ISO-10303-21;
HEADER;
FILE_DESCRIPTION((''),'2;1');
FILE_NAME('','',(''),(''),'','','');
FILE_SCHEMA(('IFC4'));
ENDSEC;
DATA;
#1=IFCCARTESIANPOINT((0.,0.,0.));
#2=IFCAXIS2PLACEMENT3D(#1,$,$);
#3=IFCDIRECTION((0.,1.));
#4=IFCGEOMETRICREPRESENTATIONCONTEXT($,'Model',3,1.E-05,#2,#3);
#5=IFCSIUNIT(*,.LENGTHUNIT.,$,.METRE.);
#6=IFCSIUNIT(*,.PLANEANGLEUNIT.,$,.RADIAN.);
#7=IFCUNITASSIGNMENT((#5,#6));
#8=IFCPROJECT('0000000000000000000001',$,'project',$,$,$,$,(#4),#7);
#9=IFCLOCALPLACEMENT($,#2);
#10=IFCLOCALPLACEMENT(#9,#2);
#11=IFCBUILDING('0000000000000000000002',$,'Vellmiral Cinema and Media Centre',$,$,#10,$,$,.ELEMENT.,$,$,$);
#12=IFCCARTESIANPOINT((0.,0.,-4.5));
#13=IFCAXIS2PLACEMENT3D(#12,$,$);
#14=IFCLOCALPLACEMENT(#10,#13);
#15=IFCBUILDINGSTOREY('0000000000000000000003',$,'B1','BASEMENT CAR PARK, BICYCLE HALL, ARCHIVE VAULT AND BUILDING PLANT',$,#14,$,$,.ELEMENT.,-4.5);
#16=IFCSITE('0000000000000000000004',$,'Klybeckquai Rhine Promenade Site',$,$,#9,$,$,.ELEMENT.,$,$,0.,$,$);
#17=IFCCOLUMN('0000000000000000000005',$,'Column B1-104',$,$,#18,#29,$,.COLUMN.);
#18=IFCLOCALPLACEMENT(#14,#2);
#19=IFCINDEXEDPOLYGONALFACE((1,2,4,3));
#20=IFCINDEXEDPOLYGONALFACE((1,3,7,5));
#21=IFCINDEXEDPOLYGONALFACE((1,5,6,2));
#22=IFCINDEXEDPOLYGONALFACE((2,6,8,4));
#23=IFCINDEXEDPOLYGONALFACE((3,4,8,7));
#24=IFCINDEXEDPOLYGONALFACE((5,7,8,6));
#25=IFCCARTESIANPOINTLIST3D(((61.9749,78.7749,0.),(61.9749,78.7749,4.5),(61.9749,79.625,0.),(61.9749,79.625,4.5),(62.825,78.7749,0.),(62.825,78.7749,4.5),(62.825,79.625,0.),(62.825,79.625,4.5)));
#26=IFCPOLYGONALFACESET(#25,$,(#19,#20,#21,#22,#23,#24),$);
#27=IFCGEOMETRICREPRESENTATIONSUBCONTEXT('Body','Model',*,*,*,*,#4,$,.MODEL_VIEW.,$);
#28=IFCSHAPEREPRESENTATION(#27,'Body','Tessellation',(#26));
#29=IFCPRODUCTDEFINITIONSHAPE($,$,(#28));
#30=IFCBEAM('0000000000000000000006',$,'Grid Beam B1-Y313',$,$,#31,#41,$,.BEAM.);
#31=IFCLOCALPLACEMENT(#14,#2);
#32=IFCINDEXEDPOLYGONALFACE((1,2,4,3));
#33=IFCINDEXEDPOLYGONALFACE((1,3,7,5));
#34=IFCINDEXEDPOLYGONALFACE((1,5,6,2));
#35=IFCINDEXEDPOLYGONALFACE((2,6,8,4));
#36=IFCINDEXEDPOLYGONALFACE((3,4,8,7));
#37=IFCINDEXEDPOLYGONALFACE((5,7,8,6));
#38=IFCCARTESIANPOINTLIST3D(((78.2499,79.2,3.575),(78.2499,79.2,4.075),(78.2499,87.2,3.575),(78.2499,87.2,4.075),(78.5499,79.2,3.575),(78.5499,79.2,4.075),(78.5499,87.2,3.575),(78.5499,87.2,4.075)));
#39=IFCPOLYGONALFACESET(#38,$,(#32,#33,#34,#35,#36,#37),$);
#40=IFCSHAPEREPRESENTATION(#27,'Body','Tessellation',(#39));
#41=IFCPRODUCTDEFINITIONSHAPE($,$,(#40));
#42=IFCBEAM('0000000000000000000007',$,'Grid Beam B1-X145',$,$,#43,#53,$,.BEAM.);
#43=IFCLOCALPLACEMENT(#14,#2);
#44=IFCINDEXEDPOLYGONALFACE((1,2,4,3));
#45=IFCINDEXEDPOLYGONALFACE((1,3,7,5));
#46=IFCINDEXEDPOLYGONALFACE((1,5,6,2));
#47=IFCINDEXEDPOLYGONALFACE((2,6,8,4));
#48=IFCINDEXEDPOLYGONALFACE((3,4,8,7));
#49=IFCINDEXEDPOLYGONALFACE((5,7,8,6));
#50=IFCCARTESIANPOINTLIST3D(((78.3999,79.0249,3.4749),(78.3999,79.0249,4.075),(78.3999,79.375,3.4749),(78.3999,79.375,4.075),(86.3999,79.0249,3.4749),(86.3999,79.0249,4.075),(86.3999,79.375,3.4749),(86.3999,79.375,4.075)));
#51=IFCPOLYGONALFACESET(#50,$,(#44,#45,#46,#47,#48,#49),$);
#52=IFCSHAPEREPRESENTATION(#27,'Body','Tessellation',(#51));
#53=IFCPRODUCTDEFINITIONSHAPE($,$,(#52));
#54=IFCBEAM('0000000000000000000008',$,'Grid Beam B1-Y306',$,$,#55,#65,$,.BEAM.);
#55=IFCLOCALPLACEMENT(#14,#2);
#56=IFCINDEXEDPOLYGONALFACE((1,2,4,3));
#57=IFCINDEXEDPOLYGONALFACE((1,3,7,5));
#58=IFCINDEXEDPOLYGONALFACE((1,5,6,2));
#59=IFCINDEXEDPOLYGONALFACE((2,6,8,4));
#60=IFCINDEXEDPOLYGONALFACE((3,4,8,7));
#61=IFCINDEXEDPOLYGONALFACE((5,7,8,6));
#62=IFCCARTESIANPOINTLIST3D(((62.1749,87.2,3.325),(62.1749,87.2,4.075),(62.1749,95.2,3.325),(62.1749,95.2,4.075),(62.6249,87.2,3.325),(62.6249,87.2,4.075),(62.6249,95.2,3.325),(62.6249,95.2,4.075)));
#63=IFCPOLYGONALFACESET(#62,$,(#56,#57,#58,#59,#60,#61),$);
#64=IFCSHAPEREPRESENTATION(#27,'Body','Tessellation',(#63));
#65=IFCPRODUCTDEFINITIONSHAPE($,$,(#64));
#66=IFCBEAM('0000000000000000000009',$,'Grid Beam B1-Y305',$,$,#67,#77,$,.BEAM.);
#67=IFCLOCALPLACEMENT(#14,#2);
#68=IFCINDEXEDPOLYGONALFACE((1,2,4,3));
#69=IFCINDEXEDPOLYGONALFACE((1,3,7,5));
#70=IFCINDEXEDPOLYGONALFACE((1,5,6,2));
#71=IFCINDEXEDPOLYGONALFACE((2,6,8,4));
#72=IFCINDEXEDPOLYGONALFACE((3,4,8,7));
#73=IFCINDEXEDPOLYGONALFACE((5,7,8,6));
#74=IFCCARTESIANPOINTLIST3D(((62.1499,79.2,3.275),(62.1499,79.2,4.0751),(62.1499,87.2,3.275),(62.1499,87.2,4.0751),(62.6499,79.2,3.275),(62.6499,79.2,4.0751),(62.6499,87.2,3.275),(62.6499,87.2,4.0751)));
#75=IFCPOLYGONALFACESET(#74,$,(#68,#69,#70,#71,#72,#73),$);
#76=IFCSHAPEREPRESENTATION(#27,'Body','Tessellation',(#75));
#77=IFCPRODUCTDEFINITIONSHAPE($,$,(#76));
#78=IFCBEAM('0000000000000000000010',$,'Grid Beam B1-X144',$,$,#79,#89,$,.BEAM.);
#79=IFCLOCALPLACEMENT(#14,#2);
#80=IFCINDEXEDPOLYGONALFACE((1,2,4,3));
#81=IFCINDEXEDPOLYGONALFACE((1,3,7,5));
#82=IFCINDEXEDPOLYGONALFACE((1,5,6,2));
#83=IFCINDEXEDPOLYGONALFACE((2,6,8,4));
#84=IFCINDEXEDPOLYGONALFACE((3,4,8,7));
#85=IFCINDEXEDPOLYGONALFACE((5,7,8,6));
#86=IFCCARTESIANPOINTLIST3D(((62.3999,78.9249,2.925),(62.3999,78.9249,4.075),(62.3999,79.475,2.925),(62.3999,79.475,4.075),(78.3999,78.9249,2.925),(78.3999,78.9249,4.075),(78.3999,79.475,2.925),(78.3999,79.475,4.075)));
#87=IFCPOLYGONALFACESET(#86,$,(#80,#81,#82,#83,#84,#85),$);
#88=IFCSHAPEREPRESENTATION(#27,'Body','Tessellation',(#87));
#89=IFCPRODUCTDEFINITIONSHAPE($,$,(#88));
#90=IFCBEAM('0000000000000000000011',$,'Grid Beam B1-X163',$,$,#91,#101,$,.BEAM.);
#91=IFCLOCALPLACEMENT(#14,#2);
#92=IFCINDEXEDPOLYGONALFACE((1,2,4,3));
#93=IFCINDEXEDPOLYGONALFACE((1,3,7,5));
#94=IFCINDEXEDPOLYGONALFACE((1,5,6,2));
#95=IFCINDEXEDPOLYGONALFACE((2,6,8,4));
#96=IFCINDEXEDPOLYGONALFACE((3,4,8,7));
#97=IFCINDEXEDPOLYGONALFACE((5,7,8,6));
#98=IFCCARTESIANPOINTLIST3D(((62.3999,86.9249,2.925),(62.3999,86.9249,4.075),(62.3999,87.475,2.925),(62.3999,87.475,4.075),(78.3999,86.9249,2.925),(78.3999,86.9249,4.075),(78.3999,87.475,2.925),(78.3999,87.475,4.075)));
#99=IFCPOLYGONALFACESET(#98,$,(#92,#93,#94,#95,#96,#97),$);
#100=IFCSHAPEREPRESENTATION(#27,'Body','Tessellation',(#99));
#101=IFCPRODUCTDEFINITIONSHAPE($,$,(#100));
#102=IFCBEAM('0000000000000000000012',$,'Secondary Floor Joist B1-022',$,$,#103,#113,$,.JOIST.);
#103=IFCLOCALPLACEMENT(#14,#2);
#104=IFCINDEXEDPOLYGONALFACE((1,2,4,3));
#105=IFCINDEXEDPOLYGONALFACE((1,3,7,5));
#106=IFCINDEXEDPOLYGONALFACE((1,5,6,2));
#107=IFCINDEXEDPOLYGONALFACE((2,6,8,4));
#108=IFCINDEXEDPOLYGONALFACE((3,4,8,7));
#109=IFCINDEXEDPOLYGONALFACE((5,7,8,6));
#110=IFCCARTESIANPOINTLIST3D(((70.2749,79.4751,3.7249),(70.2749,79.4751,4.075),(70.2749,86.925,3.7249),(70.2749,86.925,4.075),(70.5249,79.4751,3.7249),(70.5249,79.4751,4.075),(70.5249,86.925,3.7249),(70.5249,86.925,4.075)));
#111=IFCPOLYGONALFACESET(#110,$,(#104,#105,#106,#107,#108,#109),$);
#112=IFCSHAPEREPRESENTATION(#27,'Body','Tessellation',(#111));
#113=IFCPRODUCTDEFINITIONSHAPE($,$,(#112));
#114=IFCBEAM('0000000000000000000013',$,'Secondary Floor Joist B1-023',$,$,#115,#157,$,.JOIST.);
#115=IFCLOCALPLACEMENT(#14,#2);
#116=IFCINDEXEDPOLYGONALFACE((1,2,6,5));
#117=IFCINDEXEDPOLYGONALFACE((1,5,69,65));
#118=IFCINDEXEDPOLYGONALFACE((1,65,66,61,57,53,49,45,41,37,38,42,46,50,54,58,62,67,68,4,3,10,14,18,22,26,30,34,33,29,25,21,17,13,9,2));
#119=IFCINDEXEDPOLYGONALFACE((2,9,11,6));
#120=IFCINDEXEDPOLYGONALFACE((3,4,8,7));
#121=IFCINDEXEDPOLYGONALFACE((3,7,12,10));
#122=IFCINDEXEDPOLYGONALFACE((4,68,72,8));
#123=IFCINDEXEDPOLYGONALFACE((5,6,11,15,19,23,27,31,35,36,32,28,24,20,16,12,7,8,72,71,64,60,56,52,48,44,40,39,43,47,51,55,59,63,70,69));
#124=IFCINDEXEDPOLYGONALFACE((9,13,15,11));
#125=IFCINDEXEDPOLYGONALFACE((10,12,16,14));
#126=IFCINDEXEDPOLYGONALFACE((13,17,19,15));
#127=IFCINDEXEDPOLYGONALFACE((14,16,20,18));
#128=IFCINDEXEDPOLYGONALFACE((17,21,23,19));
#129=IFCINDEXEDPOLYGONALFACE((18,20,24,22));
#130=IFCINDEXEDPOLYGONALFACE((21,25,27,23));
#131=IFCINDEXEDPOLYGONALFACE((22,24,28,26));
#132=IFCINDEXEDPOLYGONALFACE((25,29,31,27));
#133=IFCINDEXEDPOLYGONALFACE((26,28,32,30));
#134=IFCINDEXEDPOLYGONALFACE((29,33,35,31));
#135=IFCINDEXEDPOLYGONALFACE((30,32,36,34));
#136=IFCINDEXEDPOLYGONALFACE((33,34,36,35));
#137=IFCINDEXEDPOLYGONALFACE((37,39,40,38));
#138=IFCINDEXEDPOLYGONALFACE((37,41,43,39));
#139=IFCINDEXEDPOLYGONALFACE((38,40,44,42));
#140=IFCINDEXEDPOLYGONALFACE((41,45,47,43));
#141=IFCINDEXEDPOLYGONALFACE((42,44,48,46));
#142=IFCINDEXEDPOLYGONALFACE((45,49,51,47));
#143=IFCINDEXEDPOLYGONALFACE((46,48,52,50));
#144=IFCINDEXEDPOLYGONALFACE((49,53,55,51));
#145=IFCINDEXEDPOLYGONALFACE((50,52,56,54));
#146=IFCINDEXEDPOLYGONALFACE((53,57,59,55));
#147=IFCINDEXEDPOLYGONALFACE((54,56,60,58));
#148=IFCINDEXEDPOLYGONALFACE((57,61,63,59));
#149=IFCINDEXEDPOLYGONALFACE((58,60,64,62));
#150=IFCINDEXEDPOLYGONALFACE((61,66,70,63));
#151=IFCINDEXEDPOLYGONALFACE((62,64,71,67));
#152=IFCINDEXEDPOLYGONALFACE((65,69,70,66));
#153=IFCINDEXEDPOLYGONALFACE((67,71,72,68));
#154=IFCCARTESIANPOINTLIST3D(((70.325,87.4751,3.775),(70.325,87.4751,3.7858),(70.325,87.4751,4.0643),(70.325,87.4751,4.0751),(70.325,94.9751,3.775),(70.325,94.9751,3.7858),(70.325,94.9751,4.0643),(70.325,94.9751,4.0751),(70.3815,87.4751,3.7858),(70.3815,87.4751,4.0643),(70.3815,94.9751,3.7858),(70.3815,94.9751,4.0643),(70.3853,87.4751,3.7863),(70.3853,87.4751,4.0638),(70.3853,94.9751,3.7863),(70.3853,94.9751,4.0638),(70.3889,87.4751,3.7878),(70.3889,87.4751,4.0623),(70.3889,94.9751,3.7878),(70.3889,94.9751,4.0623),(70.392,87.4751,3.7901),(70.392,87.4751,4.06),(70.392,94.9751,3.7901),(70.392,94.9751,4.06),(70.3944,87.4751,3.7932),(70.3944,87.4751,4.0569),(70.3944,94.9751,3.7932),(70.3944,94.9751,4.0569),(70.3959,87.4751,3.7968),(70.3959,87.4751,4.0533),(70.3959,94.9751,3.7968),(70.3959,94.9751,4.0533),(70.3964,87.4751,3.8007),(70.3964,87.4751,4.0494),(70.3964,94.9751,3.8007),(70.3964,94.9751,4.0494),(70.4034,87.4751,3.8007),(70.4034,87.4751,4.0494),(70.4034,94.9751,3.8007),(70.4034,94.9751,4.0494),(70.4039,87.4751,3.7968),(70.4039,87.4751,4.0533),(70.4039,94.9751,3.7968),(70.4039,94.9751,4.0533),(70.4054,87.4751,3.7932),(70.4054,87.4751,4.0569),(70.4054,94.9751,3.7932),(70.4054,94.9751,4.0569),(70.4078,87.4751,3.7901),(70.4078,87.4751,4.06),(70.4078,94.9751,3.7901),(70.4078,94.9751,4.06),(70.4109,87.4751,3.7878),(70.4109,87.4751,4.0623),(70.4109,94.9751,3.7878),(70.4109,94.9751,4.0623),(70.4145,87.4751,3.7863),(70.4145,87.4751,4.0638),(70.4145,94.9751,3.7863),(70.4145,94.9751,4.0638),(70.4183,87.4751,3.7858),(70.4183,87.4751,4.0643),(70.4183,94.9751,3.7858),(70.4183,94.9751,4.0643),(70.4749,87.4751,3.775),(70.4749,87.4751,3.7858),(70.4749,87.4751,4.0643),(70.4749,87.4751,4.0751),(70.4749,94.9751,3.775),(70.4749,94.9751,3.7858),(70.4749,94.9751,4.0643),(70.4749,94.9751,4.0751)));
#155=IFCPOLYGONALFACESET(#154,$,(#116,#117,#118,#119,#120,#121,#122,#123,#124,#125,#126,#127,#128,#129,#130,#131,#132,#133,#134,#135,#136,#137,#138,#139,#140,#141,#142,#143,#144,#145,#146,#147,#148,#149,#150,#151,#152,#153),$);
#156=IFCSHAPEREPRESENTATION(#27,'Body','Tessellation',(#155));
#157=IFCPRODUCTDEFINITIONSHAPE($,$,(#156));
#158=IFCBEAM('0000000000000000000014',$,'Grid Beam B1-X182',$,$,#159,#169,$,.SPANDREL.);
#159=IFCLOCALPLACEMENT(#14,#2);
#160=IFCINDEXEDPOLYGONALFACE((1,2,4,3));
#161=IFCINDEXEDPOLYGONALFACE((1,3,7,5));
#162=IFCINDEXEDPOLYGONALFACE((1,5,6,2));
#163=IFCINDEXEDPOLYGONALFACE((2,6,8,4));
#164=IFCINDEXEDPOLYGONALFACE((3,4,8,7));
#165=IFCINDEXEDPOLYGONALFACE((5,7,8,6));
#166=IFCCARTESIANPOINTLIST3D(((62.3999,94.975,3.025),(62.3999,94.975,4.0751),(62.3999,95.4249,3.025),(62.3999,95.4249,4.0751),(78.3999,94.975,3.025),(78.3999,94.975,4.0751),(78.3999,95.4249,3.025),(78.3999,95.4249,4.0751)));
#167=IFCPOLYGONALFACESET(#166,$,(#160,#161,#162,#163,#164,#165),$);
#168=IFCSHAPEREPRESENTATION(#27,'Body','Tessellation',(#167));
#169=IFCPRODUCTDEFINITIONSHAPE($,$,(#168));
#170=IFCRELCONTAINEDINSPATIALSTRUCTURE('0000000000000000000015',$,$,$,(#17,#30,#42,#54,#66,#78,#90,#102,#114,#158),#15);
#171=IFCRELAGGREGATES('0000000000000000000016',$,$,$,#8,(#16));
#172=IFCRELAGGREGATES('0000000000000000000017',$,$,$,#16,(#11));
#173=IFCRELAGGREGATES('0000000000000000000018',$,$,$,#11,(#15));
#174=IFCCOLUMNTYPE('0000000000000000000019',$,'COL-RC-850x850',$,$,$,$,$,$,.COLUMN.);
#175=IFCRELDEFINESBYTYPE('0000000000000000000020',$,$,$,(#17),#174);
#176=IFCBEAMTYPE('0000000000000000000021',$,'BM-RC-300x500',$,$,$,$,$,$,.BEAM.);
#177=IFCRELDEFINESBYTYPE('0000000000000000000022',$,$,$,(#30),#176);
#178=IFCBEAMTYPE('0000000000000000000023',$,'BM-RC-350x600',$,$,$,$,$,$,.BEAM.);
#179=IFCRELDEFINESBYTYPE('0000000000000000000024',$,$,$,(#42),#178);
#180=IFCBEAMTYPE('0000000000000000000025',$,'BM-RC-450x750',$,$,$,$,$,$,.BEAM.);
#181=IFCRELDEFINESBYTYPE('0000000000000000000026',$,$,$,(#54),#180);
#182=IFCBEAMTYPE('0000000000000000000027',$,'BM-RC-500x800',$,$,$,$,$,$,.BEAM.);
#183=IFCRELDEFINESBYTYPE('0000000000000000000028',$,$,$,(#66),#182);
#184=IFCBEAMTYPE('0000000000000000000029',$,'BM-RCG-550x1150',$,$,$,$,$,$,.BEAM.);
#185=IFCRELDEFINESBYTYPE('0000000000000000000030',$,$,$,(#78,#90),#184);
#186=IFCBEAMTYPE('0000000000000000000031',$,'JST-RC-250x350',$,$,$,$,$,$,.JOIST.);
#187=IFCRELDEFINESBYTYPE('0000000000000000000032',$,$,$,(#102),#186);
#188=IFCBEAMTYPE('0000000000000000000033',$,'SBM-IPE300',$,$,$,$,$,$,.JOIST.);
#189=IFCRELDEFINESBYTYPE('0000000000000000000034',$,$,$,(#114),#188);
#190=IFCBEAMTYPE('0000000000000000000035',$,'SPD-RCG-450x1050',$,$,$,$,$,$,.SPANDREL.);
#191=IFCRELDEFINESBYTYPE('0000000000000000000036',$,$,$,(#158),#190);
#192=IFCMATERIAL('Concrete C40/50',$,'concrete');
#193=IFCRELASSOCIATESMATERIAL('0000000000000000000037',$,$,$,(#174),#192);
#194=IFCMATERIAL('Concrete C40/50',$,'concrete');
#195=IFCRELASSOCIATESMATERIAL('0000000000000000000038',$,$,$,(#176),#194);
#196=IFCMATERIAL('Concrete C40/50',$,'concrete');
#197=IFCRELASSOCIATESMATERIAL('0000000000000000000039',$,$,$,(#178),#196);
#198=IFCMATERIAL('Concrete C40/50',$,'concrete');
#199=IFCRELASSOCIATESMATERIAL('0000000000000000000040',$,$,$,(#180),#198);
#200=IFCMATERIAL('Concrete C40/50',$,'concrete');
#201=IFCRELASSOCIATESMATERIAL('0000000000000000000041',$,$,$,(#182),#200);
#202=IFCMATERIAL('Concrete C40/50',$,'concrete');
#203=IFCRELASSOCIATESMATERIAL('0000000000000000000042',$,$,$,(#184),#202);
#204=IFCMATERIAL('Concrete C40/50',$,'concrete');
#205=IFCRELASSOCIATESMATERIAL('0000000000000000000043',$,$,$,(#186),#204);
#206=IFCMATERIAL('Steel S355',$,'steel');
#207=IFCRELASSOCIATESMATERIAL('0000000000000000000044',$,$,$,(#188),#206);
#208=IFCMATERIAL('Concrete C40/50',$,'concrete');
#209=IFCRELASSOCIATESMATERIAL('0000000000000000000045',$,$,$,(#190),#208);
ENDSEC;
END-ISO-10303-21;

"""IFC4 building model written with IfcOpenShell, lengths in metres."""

from ifc_helpers import new_model, si_unit, direction, frame, origin, origin_2d, place, context, subcontext, project, spatial, rectangle, i_section, extrude, material, material_profile, profile_set, type_object, element, save


model = new_model("IFC4")

# Units and contexts
model_context = context("Model", 3, precision=1e-05, world=origin(), true_north=direction((0.0, 1.0)))
body_context = subcontext(model_context, "Body", "Model", "MODEL_VIEW")
ifc_project = project(units=[si_unit("LENGTHUNIT", "METRE"), si_unit("PLANEANGLEUNIT", "RADIAN")], contexts=[model_context])

# Site, building, storey
site_placement = place(None, origin())
site = spatial("IfcSite", under=ifc_project, at=site_placement, Name="Klybeckquai Rhine Promenade Site", CompositionType="ELEMENT", RefElevation=0.0)
building_placement = place(site_placement, origin())
building = spatial("IfcBuilding", under=site, at=building_placement, Name="Vellmiral Cinema and Media Centre", CompositionType="ELEMENT")
storey_placement = place(building_placement, frame((0.0, 0.0, -4.5)))
storey = spatial("IfcBuildingStorey", under=building, at=storey_placement, Name="B1", Description="BASEMENT CAR PARK, BICYCLE HALL, ARCHIVE VAULT AND BUILDING PLANT", CompositionType="ELEMENT", Elevation=-4.5)

# Column
ifc_material_1 = material(Name="Concrete C40/50", Category="concrete")
ifc_material_profile_1 = material_profile(ifc_material_1, rectangle(XDim=0.8501, YDim=0.8501, at=origin_2d()), Name="RC 850x850")
ifc_profile_set_1 = profile_set([ifc_material_profile_1], Name="Concrete C40/50")
column_type_1 = type_object("IfcColumnType", Name="COL-RC-850x850", PredefinedType="COLUMN", material=ifc_profile_set_1)
column_1_placement = place(storey_placement, frame((62.3999, 79.2, 0.0), z_axis=(0.0, 0.0, 1.0), x_axis=(1.0, 0.0, 0.0)))
element("IfcColumn", 1, at=column_1_placement, inside=storey, type_object=column_type_1, Name="Column B1-104", PredefinedType="COLUMN", context=body_context, shape_type="SweptSolid", body=[
    extrude(rectangle(XDim=0.8501, YDim=0.8501, at=origin_2d()), origin(), (0.0, 0.0, 1.0), 4.5),
])

# Beams
ifc_material_2 = material(Name="Concrete C40/50", Category="concrete")
ifc_material_profile_2 = material_profile(ifc_material_2, rectangle(XDim=0.3, YDim=0.5, at=origin_2d()), Name="RC 300x500")
ifc_profile_set_2 = profile_set([ifc_material_profile_2], Name="Concrete C40/50")
beam_type_1 = type_object("IfcBeamType", Name="BM-RC-300x500", PredefinedType="BEAM", material=ifc_profile_set_2)
beam_1_placement = place(storey_placement, frame((78.3999, 79.2, 3.825), z_axis=(0.0, 1.0, 0.0), x_axis=(-1.0, 0.0, 0.0)))
element("IfcBeam", 2, at=beam_1_placement, inside=storey, type_object=beam_type_1, Name="Grid Beam B1-Y313", PredefinedType="BEAM", context=body_context, shape_type="SweptSolid", body=[
    extrude(rectangle(XDim=0.3, YDim=0.5, at=origin_2d()), origin(), (0.0, 0.0, 1.0), 8.0),
])
ifc_material_3 = material(Name="Concrete C40/50", Category="concrete")
ifc_material_profile_3 = material_profile(ifc_material_3, rectangle(XDim=0.3501, YDim=0.6001, at=origin_2d()), Name="RC 350x600")
ifc_profile_set_3 = profile_set([ifc_material_profile_3], Name="Concrete C40/50")
beam_type_2 = type_object("IfcBeamType", Name="BM-RC-350x600", PredefinedType="BEAM", material=ifc_profile_set_3)
beam_2_placement = place(storey_placement, frame((78.3999, 79.2, 3.7749), z_axis=(1.0, 0.0, 0.0), x_axis=(0.0, 1.0, 0.0)))
element("IfcBeam", 3, at=beam_2_placement, inside=storey, type_object=beam_type_2, Name="Grid Beam B1-X145", PredefinedType="BEAM", context=body_context, shape_type="SweptSolid", body=[
    extrude(rectangle(XDim=0.3501, YDim=0.6001, at=origin_2d()), origin(), (0.0, 0.0, 1.0), 8.0),
])
ifc_material_4 = material(Name="Concrete C40/50", Category="concrete")
ifc_material_profile_4 = material_profile(ifc_material_4, rectangle(XDim=0.45, YDim=0.75, at=origin_2d()), Name="RC 450x750")
ifc_profile_set_4 = profile_set([ifc_material_profile_4], Name="Concrete C40/50")
beam_type_3 = type_object("IfcBeamType", Name="BM-RC-450x750", PredefinedType="BEAM", material=ifc_profile_set_4)
beam_3_placement = place(storey_placement, frame((62.3999, 87.2, 3.7), z_axis=(0.0, 1.0, 0.0), x_axis=(-1.0, 0.0, 0.0)))
element("IfcBeam", 4, at=beam_3_placement, inside=storey, type_object=beam_type_3, Name="Grid Beam B1-Y306", PredefinedType="BEAM", context=body_context, shape_type="SweptSolid", body=[
    extrude(rectangle(XDim=0.45, YDim=0.75, at=origin_2d()), origin(), (0.0, 0.0, 1.0), 8.0),
])
ifc_material_5 = material(Name="Concrete C40/50", Category="concrete")
ifc_material_profile_5 = material_profile(ifc_material_5, rectangle(XDim=0.5, YDim=0.8, at=origin_2d()), Name="RC 500x800")
ifc_profile_set_5 = profile_set([ifc_material_profile_5], Name="Concrete C40/50")
beam_type_4 = type_object("IfcBeamType", Name="BM-RC-500x800", PredefinedType="BEAM", material=ifc_profile_set_5)
beam_4_placement = place(storey_placement, frame((62.3999, 79.2, 3.675), z_axis=(0.0, 1.0, 0.0), x_axis=(-1.0, 0.0, 0.0)))
element("IfcBeam", 5, at=beam_4_placement, inside=storey, type_object=beam_type_4, Name="Grid Beam B1-Y305", PredefinedType="BEAM", context=body_context, shape_type="SweptSolid", body=[
    extrude(rectangle(XDim=0.5, YDim=0.8, at=origin_2d()), origin(), (0.0, 0.0, 1.0), 8.0),
])
ifc_material_6 = material(Name="Concrete C40/50", Category="concrete")
ifc_material_profile_6 = material_profile(ifc_material_6, rectangle(XDim=0.55, YDim=1.1499, at=origin_2d()), Name="RC 550x1150")
ifc_profile_set_6 = profile_set([ifc_material_profile_6], Name="Concrete C40/50")
beam_type_5 = type_object("IfcBeamType", Name="BM-RCG-550x1150", PredefinedType="BEAM", material=ifc_profile_set_6)
for number, where, z_axis, x_axis, name in (
    (6, (62.3999, 79.2, 3.5), (1.0, 0.0, 0.0), (0.0, 1.0, 0.0), "Grid Beam B1-X144"),
    (7, (62.3999, 87.2, 3.5), (1.0, 0.0, 0.0), (0.0, 1.0, 0.0), "Grid Beam B1-X163"),
):
    element("IfcBeam", number, at=place(storey_placement, frame(where, z_axis=z_axis, x_axis=x_axis)), inside=storey, type_object=beam_type_5, Name=name, PredefinedType="BEAM", context=body_context, shape_type="SweptSolid", body=[
        extrude(rectangle(XDim=0.55, YDim=1.1499, at=origin_2d()), origin(), (0.0, 0.0, 1.0), 16.0),
    ])
ifc_material_7 = material(Name="Concrete C40/50", Category="concrete")
ifc_material_profile_7 = material_profile(ifc_material_7, rectangle(XDim=0.25, YDim=0.3501, at=origin_2d()), Name="RC 250x350")
ifc_profile_set_7 = profile_set([ifc_material_profile_7], Name="Concrete C40/50")
beam_type_6 = type_object("IfcBeamType", Name="JST-RC-250x350", PredefinedType="JOIST", material=ifc_profile_set_7)
beam_5_placement = place(storey_placement, frame((70.3999, 79.4751, 3.8999), z_axis=(0.0, 1.0, 0.0), x_axis=(-1.0, 0.0, 0.0)))
element("IfcBeam", 8, at=beam_5_placement, inside=storey, type_object=beam_type_6, Name="Secondary Floor Joist B1-022", PredefinedType="JOIST", context=body_context, shape_type="SweptSolid", body=[
    extrude(rectangle(XDim=0.25, YDim=0.3501, at=origin_2d()), origin(), (0.0, 0.0, 1.0), 7.45),
])
ifc_material_8 = material(Name="Steel S355", Category="steel")
ifc_material_profile_8 = material_profile(ifc_material_8, i_section(OverallWidth=0.1499, OverallDepth=0.3, WebThickness=0.0071, FlangeThickness=0.0107, FilletRadius=0.0149, at=origin_2d()), Name="IPE 300")
ifc_profile_set_8 = profile_set([ifc_material_profile_8], Name="Steel S355")
beam_type_7 = type_object("IfcBeamType", Name="SBM-IPE300", PredefinedType="JOIST", material=ifc_profile_set_8)
beam_6_placement = place(storey_placement, frame((70.3999, 87.4751, 3.925), z_axis=(0.0, 1.0, 0.0), x_axis=(-1.0, 0.0, 0.0)))
element("IfcBeam", 9, at=beam_6_placement, inside=storey, type_object=beam_type_7, Name="Secondary Floor Joist B1-023", PredefinedType="JOIST", context=body_context, shape_type="SweptSolid", body=[
    extrude(i_section(OverallWidth=0.1499, OverallDepth=0.3, WebThickness=0.0071, FlangeThickness=0.0107, FilletRadius=0.0149, at=origin_2d()), origin(), (0.0, 0.0, 1.0), 7.5),
])
ifc_material_9 = material(Name="Concrete C40/50", Category="concrete")
ifc_material_profile_9 = material_profile(ifc_material_9, rectangle(XDim=0.45, YDim=1.05, at=origin_2d()), Name="RC 450x1050")
ifc_profile_set_9 = profile_set([ifc_material_profile_9], Name="Concrete C40/50")
beam_type_8 = type_object("IfcBeamType", Name="SPD-RCG-450x1050", PredefinedType="SPANDREL", material=ifc_profile_set_9)
beam_7_placement = place(storey_placement, frame((62.3999, 95.2, 3.55), z_axis=(1.0, 0.0, 0.0), x_axis=(0.0, 1.0, 0.0)))
element("IfcBeam", 10, at=beam_7_placement, inside=storey, type_object=beam_type_8, Name="Grid Beam B1-X182", PredefinedType="SPANDREL", context=body_context, shape_type="SweptSolid", body=[
    extrude(rectangle(XDim=0.45, YDim=1.05, at=origin_2d()), origin(), (0.0, 0.0, 1.0), 16.0),
])

save(model, "model.ifc")
